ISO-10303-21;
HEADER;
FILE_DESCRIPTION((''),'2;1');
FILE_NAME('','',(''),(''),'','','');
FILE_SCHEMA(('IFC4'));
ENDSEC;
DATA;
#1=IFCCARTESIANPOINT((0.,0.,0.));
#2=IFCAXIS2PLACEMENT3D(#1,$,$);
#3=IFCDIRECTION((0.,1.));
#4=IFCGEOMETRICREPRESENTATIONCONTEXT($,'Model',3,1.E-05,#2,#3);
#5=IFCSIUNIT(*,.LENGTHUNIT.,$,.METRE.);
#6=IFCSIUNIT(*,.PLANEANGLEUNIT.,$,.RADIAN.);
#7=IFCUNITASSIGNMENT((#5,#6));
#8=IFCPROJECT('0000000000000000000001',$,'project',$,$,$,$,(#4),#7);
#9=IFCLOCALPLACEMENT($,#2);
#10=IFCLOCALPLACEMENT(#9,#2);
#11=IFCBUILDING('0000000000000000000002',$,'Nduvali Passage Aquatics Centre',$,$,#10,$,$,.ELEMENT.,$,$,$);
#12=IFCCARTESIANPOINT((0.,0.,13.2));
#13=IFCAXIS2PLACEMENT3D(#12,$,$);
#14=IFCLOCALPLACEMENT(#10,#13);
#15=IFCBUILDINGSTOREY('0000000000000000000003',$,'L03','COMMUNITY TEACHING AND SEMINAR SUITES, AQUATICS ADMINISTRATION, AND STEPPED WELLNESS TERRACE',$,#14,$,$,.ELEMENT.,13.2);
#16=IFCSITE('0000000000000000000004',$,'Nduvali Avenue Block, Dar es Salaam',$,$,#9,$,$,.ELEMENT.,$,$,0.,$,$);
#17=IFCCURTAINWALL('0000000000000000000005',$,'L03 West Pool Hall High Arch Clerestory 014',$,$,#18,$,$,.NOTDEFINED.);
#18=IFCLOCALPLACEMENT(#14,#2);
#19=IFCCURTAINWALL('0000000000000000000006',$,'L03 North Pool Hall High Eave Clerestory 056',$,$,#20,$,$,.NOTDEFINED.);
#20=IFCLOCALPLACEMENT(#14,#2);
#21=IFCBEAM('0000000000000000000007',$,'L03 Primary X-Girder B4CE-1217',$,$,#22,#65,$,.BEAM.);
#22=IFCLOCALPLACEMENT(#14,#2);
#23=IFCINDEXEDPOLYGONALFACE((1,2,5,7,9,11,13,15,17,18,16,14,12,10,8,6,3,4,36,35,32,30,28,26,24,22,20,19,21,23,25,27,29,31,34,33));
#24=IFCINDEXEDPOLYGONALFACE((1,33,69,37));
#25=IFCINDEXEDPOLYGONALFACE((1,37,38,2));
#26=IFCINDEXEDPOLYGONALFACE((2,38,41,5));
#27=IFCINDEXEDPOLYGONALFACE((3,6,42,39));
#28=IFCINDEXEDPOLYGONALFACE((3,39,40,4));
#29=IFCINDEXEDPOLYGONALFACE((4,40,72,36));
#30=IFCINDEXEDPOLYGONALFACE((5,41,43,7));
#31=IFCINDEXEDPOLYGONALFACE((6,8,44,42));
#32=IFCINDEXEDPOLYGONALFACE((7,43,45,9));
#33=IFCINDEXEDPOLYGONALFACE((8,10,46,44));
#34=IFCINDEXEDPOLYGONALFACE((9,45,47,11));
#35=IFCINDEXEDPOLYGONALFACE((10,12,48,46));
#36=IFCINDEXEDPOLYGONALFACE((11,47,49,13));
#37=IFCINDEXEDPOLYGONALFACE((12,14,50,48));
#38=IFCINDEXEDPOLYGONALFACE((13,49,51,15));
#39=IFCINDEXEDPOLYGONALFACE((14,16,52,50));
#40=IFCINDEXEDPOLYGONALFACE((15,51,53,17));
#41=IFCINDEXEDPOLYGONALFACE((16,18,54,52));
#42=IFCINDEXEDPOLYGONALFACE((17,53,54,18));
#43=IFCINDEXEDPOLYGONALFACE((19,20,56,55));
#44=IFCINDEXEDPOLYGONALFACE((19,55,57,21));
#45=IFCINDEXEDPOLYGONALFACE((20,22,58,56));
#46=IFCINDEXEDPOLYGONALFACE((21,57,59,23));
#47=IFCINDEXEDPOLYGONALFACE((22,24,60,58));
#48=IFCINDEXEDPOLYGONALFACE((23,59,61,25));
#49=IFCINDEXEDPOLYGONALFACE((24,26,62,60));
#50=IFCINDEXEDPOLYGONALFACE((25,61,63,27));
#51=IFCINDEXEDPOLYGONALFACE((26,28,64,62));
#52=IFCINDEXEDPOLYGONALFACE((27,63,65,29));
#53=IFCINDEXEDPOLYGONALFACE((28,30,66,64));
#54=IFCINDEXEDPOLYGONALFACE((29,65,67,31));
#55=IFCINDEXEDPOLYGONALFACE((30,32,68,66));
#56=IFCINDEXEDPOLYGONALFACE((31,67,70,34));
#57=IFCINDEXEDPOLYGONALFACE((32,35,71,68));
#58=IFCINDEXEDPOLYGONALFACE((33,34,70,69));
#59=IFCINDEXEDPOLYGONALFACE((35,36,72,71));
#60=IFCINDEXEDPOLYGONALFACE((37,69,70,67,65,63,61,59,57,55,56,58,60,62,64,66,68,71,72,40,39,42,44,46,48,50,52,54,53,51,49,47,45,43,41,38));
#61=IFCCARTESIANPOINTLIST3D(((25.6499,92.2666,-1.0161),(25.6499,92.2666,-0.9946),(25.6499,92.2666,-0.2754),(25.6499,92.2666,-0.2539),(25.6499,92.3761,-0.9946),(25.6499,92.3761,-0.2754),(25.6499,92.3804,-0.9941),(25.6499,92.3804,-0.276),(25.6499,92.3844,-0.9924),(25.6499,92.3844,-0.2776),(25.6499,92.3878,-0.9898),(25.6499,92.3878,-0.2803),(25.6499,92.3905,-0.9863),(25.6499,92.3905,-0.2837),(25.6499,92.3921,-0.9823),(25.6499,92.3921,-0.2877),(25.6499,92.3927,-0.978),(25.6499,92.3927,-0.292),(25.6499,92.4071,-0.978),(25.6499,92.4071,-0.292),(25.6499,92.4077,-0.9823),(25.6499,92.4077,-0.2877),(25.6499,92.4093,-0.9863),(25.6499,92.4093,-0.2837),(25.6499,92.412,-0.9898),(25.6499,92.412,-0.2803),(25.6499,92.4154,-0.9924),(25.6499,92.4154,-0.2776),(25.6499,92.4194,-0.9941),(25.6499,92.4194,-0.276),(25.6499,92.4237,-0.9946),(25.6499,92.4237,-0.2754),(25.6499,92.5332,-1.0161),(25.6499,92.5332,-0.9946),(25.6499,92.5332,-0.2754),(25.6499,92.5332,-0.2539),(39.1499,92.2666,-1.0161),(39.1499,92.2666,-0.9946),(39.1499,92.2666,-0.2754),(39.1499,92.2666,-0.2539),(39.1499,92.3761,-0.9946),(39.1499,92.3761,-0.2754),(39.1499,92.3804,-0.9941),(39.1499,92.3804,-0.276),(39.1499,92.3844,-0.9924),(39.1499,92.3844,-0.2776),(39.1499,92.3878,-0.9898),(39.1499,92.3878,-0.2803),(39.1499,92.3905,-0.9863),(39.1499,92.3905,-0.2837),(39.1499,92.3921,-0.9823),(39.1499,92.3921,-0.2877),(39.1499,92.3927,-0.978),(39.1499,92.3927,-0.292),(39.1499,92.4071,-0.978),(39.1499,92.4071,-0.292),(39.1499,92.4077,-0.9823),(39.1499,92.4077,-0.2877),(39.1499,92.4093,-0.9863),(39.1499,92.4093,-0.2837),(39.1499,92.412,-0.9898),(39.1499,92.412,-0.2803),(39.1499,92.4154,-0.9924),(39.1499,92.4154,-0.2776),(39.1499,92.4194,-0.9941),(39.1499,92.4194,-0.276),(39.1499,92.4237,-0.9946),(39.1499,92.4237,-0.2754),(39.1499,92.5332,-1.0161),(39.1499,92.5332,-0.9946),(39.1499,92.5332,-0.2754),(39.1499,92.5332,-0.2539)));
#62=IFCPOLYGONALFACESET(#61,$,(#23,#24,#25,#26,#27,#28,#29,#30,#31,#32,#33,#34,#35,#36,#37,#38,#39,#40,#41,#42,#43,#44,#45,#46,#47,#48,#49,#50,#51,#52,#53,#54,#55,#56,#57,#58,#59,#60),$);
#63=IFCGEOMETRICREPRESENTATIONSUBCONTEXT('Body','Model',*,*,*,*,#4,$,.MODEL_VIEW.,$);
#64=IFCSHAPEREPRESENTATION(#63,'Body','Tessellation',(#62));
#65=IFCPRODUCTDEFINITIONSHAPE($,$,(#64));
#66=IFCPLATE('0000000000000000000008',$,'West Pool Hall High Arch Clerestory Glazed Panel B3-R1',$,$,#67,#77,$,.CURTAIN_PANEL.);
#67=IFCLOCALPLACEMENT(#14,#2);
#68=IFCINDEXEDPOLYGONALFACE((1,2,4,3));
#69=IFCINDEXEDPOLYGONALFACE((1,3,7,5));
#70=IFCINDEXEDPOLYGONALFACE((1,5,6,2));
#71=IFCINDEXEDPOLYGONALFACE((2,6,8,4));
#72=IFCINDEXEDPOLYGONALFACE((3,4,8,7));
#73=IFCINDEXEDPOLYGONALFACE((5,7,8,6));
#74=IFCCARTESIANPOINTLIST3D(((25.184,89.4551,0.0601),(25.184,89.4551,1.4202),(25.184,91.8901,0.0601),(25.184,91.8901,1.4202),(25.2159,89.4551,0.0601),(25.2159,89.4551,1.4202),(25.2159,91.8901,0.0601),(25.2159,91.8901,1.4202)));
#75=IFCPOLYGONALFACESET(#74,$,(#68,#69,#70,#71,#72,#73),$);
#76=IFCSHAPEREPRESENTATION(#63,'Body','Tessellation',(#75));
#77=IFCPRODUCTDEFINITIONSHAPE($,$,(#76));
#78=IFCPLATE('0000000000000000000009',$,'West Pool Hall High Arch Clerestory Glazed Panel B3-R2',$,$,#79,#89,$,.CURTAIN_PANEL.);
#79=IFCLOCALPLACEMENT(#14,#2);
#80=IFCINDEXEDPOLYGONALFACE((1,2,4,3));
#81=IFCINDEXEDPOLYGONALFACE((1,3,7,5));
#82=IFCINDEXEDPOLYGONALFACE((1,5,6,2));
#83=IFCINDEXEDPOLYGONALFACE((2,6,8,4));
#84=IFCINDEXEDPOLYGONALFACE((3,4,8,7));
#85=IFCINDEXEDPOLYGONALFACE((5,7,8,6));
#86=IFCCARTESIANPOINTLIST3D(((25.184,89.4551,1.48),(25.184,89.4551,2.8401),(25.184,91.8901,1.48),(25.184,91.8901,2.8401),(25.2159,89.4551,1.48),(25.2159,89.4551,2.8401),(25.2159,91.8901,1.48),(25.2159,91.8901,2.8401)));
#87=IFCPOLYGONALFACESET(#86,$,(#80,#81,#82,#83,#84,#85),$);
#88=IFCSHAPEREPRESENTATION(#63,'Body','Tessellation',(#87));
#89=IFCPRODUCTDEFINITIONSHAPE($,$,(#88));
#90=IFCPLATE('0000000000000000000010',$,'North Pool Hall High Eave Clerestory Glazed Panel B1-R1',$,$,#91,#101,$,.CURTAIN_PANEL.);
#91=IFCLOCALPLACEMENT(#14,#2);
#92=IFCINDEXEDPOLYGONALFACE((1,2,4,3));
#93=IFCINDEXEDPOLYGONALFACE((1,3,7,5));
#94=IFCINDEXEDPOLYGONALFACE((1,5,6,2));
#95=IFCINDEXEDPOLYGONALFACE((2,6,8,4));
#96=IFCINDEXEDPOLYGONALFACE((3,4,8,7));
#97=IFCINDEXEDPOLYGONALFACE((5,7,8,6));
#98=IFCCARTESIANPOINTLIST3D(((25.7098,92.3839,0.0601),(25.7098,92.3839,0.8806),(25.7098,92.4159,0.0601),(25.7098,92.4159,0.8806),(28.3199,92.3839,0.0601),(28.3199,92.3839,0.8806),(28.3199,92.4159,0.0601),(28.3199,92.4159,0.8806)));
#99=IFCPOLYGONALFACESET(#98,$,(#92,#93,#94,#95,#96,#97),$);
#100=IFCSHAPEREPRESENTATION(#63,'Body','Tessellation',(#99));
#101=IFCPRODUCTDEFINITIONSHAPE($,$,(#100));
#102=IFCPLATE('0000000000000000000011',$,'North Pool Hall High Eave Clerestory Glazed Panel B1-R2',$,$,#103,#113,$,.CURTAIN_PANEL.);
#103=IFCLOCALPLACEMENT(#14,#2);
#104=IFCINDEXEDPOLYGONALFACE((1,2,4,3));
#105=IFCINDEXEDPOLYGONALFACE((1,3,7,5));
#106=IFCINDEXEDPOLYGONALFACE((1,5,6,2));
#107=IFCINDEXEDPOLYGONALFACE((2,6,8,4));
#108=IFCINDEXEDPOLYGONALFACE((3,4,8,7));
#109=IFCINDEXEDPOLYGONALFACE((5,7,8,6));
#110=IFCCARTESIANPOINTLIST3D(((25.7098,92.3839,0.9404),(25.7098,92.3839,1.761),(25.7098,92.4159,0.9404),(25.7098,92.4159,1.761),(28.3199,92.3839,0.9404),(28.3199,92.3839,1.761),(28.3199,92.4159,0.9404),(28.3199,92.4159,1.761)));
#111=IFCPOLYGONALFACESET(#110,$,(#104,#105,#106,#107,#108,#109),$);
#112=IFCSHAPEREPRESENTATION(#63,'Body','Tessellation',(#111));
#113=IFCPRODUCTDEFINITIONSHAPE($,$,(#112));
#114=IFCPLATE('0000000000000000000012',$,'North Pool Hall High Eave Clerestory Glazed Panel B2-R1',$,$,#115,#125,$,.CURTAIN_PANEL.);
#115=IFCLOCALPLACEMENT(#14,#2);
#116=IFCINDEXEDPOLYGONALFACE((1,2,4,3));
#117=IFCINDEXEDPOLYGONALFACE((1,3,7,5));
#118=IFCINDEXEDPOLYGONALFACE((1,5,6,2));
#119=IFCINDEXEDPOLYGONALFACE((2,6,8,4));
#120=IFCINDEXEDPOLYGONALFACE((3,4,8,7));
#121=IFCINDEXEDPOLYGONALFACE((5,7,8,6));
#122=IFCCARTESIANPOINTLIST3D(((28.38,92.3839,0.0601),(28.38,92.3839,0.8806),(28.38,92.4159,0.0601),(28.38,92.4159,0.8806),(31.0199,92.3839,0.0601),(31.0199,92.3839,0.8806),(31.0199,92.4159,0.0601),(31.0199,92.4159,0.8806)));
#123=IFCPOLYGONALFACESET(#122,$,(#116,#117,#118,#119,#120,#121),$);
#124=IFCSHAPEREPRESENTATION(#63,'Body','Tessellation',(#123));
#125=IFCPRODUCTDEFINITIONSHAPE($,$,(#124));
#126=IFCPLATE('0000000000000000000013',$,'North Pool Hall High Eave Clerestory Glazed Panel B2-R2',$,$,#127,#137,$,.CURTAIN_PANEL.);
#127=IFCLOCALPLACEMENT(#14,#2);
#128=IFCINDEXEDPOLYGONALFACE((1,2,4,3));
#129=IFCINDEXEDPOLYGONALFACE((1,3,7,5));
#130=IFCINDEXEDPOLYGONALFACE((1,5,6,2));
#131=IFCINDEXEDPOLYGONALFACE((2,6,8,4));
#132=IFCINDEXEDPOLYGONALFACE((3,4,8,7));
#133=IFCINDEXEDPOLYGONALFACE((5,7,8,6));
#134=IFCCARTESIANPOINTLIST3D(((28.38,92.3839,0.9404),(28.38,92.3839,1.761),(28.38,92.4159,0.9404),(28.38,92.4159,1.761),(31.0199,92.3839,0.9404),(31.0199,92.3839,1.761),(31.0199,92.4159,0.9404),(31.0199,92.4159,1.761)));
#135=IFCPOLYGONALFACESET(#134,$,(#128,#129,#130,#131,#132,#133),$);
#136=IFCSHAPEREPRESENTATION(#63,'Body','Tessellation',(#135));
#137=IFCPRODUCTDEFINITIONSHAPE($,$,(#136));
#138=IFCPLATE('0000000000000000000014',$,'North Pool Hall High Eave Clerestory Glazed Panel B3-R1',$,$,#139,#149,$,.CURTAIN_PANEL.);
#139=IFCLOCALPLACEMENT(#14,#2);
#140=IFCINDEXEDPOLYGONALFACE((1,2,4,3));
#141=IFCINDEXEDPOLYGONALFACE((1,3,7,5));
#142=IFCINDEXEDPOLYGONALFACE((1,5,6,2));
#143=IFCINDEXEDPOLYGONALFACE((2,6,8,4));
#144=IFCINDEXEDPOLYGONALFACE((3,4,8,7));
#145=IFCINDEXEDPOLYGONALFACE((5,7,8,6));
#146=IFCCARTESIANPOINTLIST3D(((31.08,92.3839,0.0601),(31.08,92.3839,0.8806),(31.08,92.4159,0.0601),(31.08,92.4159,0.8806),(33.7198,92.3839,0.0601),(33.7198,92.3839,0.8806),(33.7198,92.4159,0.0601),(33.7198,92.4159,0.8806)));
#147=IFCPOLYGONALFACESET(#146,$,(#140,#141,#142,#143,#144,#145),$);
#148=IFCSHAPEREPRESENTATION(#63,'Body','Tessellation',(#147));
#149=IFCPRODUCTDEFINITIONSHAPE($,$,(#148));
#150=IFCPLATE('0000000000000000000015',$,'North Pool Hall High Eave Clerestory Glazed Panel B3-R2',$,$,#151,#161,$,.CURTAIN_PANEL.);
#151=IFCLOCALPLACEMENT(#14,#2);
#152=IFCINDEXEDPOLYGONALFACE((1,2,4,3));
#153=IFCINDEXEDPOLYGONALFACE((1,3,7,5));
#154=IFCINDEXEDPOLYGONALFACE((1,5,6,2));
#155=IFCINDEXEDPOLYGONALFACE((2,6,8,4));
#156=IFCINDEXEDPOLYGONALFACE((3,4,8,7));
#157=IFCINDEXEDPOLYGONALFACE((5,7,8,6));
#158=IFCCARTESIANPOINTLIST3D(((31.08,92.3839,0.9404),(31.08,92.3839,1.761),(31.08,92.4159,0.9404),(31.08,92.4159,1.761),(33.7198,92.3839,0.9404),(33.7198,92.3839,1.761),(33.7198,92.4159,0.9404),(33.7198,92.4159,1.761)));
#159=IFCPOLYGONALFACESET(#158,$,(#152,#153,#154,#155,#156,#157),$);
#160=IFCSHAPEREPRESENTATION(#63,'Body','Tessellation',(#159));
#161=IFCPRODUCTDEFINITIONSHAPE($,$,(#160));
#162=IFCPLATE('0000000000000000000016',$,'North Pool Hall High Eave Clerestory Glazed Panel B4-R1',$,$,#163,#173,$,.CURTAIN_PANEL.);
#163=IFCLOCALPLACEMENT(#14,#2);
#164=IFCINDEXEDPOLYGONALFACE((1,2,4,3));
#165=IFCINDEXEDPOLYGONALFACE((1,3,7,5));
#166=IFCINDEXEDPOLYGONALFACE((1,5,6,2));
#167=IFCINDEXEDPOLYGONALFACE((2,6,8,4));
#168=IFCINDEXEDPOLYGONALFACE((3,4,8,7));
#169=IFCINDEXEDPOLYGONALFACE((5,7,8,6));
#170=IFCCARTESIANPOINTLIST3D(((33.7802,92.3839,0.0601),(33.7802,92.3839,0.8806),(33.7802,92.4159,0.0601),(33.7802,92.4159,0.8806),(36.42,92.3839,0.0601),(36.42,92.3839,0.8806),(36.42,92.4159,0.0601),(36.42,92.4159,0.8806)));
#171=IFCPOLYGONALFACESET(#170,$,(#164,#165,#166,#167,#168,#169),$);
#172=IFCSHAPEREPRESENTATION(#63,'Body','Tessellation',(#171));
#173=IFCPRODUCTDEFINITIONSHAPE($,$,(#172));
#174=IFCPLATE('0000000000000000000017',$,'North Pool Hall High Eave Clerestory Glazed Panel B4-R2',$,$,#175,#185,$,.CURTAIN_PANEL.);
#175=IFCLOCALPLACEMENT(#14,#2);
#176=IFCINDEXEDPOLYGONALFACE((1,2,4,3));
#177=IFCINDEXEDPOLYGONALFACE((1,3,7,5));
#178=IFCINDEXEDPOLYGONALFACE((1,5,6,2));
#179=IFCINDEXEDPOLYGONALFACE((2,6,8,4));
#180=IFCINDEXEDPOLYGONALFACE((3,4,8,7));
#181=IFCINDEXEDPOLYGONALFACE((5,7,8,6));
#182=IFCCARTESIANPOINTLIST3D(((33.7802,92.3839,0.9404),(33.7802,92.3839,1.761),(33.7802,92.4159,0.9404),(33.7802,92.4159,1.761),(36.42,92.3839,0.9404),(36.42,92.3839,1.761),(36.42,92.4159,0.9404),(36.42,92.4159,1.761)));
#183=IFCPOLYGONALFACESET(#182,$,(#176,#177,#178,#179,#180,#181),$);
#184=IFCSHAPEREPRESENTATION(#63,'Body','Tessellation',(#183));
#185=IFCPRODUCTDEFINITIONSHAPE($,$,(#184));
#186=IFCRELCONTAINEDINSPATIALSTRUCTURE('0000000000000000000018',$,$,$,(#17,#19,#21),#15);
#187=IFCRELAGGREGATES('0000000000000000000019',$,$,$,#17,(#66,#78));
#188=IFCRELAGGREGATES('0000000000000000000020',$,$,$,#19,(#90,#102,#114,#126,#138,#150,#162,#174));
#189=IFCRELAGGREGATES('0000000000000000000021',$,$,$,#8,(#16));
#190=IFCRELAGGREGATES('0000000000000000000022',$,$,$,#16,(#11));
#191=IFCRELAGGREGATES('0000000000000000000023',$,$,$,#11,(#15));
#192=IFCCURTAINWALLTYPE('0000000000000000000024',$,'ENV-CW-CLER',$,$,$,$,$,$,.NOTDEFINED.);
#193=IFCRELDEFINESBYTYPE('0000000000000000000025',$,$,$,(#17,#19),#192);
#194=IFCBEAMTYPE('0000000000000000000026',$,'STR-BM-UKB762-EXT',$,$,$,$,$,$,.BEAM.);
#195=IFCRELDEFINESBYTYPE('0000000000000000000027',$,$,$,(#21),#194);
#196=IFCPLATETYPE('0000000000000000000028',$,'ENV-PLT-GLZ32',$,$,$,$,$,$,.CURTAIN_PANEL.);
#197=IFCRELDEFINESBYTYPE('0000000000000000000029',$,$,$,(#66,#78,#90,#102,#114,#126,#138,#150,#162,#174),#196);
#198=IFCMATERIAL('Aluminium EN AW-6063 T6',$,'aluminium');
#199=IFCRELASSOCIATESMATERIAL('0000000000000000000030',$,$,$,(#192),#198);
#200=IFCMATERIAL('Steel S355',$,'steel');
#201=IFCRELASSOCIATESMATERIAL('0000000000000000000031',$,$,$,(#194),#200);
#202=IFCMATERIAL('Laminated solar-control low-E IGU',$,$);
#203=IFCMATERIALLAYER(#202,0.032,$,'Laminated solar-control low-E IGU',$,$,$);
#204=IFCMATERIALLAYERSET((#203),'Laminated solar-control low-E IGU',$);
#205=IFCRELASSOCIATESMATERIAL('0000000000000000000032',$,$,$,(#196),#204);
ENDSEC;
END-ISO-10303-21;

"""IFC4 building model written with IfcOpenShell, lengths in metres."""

from ifc_helpers import new_model, si_unit, direction, frame, origin, origin_2d, place, context, subcontext, project, spatial, rectangle, i_section, extrude, material, layer, layer_set, material_profile, profile_set, type_object, element, aggregate, save


model = new_model("IFC4")

# Units and contexts
model_context = context("Model", 3, precision=1e-05, world=origin(), true_north=direction((0.0, 1.0)))
body_context = subcontext(model_context, "Body", "Model", "MODEL_VIEW")
ifc_project = project(units=[si_unit("LENGTHUNIT", "METRE"), si_unit("PLANEANGLEUNIT", "RADIAN")], contexts=[model_context])

# Site, building, storey
site_placement = place(None, origin())
site = spatial("IfcSite", under=ifc_project, at=site_placement, Name="Nduvali Avenue Block, Dar es Salaam", CompositionType="ELEMENT", RefElevation=0.0)
building_placement = place(site_placement, origin())
building = spatial("IfcBuilding", under=site, at=building_placement, Name="Nduvali Passage Aquatics Centre", CompositionType="ELEMENT")
storey_placement = place(building_placement, frame((0.0, 0.0, 13.2)))
storey = spatial("IfcBuildingStorey", under=building, at=storey_placement, Name="L03", Description="COMMUNITY TEACHING AND SEMINAR SUITES, AQUATICS ADMINISTRATION, AND STEPPED WELLNESS TERRACE", CompositionType="ELEMENT", Elevation=13.2)

# Curtain wall
ifc_material_1 = material(Name="Aluminium EN AW-6063 T6", Category="aluminium")
curtain_wall_type = type_object("IfcCurtainWallType", Name="ENV-CW-CLER", PredefinedType="NOTDEFINED", material=ifc_material_1)
curtain_wall_1_placement = place(storey_placement, origin())
curtain_wall_1 = element("IfcCurtainWall", 1, at=curtain_wall_1_placement, inside=storey, type_object=curtain_wall_type, Name="L03 West Pool Hall High Arch Clerestory 014", PredefinedType="NOTDEFINED")

# Curtain wall
curtain_wall_2_placement = place(storey_placement, origin())
curtain_wall_2 = element("IfcCurtainWall", 2, at=curtain_wall_2_placement, inside=storey, type_object=curtain_wall_type, Name="L03 North Pool Hall High Eave Clerestory 056", PredefinedType="NOTDEFINED")

# Beam
ifc_material_2 = material(Name="Steel S355", Category="steel")
ifc_material_profile_1 = material_profile(ifc_material_2, i_section(OverallWidth=0.2666, OverallDepth=0.7622, WebThickness=0.0144, FlangeThickness=0.0215, FilletRadius=0.0166, at=origin_2d()), Name="UKB 762x267x173")
ifc_profile_set_1 = profile_set([ifc_material_profile_1], Name="Steel S355")
beam_type = type_object("IfcBeamType", Name="STR-BM-UKB762-EXT", PredefinedType="BEAM", material=ifc_profile_set_1)
beam_placement = place(storey_placement, frame((25.6499, 92.3999, -0.635), z_axis=(1.0, 0.0, 0.0), x_axis=(0.0, 1.0, 0.0)))
element("IfcBeam", 3, at=beam_placement, inside=storey, type_object=beam_type, Name="L03 Primary X-Girder B4CE-1217", PredefinedType="BEAM", context=body_context, shape_type="SweptSolid", body=[
    extrude(i_section(OverallWidth=0.2666, OverallDepth=0.7622, WebThickness=0.0144, FlangeThickness=0.0215, FilletRadius=0.0166, at=origin_2d()), origin(), (0.0, 0.0, 1.0), 13.5),
])

# Plates
ifc_material_3 = material(Name="Laminated solar-control low-E IGU")
ifc_layer = layer(ifc_material_3, 0.032, Name="Laminated solar-control low-E IGU")
ifc_layer_set = layer_set([ifc_layer], Name="Laminated solar-control low-E IGU")
plate_type = type_object("IfcPlateType", Name="ENV-PLT-GLZ32", PredefinedType="CURTAIN_PANEL", material=ifc_layer_set)
plate_1_placement = place(storey_placement, frame((25.2, 90.6726, 0.0601), z_axis=(0.0, 0.0, 1.0), x_axis=(0.0, 1.0, 0.0)))
plate_1 = element("IfcPlate", 4, at=plate_1_placement, type_object=plate_type, Name="West Pool Hall High Arch Clerestory Glazed Panel B3-R1", PredefinedType="CURTAIN_PANEL", context=body_context, shape_type="SweptSolid", body=[
    extrude(rectangle(XDim=2.4351, YDim=0.032, at=origin_2d()), origin(), (0.0, 0.0, 1.0), 1.3601),
])
plate_2_placement = place(storey_placement, frame((25.2, 90.6726, 1.48), z_axis=(0.0, 0.0, 1.0), x_axis=(0.0, 1.0, 0.0)))
plate_2 = element("IfcPlate", 5, at=plate_2_placement, type_object=plate_type, Name="West Pool Hall High Arch Clerestory Glazed Panel B3-R2", PredefinedType="CURTAIN_PANEL", context=body_context, shape_type="SweptSolid", body=[
    extrude(rectangle(XDim=2.4351, YDim=0.032, at=origin_2d()), origin(), (0.0, 0.0, 1.0), 1.3601),
])
aggregate(curtain_wall_1, [plate_1, plate_2])
plate_3_placement = place(storey_placement, frame((27.0149, 92.3999, 0.0601), z_axis=(0.0, 0.0, 1.0), x_axis=(1.0, 0.0, 0.0)))
plate_3 = element("IfcPlate", 6, at=plate_3_placement, type_object=plate_type, Name="North Pool Hall High Eave Clerestory Glazed Panel B1-R1", PredefinedType="CURTAIN_PANEL", context=body_context, shape_type="SweptSolid", body=[
    extrude(rectangle(XDim=2.6101, YDim=0.032, at=origin_2d()), origin(), (0.0, 0.0, 1.0), 0.8206),
])
plate_4_placement = place(storey_placement, frame((27.0149, 92.3999, 0.9404), z_axis=(0.0, 0.0, 1.0), x_axis=(1.0, 0.0, 0.0)))
plate_4 = element("IfcPlate", 7, at=plate_4_placement, type_object=plate_type, Name="North Pool Hall High Eave Clerestory Glazed Panel B1-R2", PredefinedType="CURTAIN_PANEL", context=body_context, shape_type="SweptSolid", body=[
    extrude(rectangle(XDim=2.6101, YDim=0.032, at=origin_2d()), origin(), (0.0, 0.0, 1.0), 0.8206),
])
plate_5_placement = place(storey_placement, frame((29.7, 92.3999, 0.0601), z_axis=(0.0, 0.0, 1.0), x_axis=(1.0, 0.0, 0.0)))
plate_5 = element("IfcPlate", 8, at=plate_5_placement, type_object=plate_type, Name="North Pool Hall High Eave Clerestory Glazed Panel B2-R1", PredefinedType="CURTAIN_PANEL", context=body_context, shape_type="SweptSolid", body=[
    extrude(rectangle(XDim=2.6399, YDim=0.032, at=origin_2d()), origin(), (0.0, 0.0, 1.0), 0.8206),
])
plate_6_placement = place(storey_placement, frame((29.7, 92.3999, 0.9404), z_axis=(0.0, 0.0, 1.0), x_axis=(1.0, 0.0, 0.0)))
plate_6 = element("IfcPlate", 9, at=plate_6_placement, type_object=plate_type, Name="North Pool Hall High Eave Clerestory Glazed Panel B2-R2", PredefinedType="CURTAIN_PANEL", context=body_context, shape_type="SweptSolid", body=[
    extrude(rectangle(XDim=2.6399, YDim=0.032, at=origin_2d()), origin(), (0.0, 0.0, 1.0), 0.8206),
])
plate_7_placement = place(storey_placement, frame((32.3999, 92.3999, 0.0601), z_axis=(0.0, 0.0, 1.0), x_axis=(1.0, 0.0, 0.0)))
plate_7 = element("IfcPlate", 10, at=plate_7_placement, type_object=plate_type, Name="North Pool Hall High Eave Clerestory Glazed Panel B3-R1", PredefinedType="CURTAIN_PANEL", context=body_context, shape_type="SweptSolid", body=[
    extrude(rectangle(XDim=2.6399, YDim=0.032, at=origin_2d()), origin(), (0.0, 0.0, 1.0), 0.8206),
])
plate_8_placement = place(storey_placement, frame((32.3999, 92.3999, 0.9404), z_axis=(0.0, 0.0, 1.0), x_axis=(1.0, 0.0, 0.0)))
plate_8 = element("IfcPlate", 11, at=plate_8_placement, type_object=plate_type, Name="North Pool Hall High Eave Clerestory Glazed Panel B3-R2", PredefinedType="CURTAIN_PANEL", context=body_context, shape_type="SweptSolid", body=[
    extrude(rectangle(XDim=2.6399, YDim=0.032, at=origin_2d()), origin(), (0.0, 0.0, 1.0), 0.8206),
])
plate_9_placement = place(storey_placement, frame((35.1001, 92.3999, 0.0601), z_axis=(0.0, 0.0, 1.0), x_axis=(1.0, 0.0, 0.0)))
plate_9 = element("IfcPlate", 12, at=plate_9_placement, type_object=plate_type, Name="North Pool Hall High Eave Clerestory Glazed Panel B4-R1", PredefinedType="CURTAIN_PANEL", context=body_context, shape_type="SweptSolid", body=[
    extrude(rectangle(XDim=2.6399, YDim=0.032, at=origin_2d()), origin(), (0.0, 0.0, 1.0), 0.8206),
])
plate_10_placement = place(storey_placement, frame((35.1001, 92.3999, 0.9404), z_axis=(0.0, 0.0, 1.0), x_axis=(1.0, 0.0, 0.0)))
plate_10 = element("IfcPlate", 13, at=plate_10_placement, type_object=plate_type, Name="North Pool Hall High Eave Clerestory Glazed Panel B4-R2", PredefinedType="CURTAIN_PANEL", context=body_context, shape_type="SweptSolid", body=[
    extrude(rectangle(XDim=2.6399, YDim=0.032, at=origin_2d()), origin(), (0.0, 0.0, 1.0), 0.8206),
])
aggregate(curtain_wall_2, [plate_3, plate_4, plate_5, plate_6, plate_7, plate_8, plate_9, plate_10])

save(model, "model.ifc")
